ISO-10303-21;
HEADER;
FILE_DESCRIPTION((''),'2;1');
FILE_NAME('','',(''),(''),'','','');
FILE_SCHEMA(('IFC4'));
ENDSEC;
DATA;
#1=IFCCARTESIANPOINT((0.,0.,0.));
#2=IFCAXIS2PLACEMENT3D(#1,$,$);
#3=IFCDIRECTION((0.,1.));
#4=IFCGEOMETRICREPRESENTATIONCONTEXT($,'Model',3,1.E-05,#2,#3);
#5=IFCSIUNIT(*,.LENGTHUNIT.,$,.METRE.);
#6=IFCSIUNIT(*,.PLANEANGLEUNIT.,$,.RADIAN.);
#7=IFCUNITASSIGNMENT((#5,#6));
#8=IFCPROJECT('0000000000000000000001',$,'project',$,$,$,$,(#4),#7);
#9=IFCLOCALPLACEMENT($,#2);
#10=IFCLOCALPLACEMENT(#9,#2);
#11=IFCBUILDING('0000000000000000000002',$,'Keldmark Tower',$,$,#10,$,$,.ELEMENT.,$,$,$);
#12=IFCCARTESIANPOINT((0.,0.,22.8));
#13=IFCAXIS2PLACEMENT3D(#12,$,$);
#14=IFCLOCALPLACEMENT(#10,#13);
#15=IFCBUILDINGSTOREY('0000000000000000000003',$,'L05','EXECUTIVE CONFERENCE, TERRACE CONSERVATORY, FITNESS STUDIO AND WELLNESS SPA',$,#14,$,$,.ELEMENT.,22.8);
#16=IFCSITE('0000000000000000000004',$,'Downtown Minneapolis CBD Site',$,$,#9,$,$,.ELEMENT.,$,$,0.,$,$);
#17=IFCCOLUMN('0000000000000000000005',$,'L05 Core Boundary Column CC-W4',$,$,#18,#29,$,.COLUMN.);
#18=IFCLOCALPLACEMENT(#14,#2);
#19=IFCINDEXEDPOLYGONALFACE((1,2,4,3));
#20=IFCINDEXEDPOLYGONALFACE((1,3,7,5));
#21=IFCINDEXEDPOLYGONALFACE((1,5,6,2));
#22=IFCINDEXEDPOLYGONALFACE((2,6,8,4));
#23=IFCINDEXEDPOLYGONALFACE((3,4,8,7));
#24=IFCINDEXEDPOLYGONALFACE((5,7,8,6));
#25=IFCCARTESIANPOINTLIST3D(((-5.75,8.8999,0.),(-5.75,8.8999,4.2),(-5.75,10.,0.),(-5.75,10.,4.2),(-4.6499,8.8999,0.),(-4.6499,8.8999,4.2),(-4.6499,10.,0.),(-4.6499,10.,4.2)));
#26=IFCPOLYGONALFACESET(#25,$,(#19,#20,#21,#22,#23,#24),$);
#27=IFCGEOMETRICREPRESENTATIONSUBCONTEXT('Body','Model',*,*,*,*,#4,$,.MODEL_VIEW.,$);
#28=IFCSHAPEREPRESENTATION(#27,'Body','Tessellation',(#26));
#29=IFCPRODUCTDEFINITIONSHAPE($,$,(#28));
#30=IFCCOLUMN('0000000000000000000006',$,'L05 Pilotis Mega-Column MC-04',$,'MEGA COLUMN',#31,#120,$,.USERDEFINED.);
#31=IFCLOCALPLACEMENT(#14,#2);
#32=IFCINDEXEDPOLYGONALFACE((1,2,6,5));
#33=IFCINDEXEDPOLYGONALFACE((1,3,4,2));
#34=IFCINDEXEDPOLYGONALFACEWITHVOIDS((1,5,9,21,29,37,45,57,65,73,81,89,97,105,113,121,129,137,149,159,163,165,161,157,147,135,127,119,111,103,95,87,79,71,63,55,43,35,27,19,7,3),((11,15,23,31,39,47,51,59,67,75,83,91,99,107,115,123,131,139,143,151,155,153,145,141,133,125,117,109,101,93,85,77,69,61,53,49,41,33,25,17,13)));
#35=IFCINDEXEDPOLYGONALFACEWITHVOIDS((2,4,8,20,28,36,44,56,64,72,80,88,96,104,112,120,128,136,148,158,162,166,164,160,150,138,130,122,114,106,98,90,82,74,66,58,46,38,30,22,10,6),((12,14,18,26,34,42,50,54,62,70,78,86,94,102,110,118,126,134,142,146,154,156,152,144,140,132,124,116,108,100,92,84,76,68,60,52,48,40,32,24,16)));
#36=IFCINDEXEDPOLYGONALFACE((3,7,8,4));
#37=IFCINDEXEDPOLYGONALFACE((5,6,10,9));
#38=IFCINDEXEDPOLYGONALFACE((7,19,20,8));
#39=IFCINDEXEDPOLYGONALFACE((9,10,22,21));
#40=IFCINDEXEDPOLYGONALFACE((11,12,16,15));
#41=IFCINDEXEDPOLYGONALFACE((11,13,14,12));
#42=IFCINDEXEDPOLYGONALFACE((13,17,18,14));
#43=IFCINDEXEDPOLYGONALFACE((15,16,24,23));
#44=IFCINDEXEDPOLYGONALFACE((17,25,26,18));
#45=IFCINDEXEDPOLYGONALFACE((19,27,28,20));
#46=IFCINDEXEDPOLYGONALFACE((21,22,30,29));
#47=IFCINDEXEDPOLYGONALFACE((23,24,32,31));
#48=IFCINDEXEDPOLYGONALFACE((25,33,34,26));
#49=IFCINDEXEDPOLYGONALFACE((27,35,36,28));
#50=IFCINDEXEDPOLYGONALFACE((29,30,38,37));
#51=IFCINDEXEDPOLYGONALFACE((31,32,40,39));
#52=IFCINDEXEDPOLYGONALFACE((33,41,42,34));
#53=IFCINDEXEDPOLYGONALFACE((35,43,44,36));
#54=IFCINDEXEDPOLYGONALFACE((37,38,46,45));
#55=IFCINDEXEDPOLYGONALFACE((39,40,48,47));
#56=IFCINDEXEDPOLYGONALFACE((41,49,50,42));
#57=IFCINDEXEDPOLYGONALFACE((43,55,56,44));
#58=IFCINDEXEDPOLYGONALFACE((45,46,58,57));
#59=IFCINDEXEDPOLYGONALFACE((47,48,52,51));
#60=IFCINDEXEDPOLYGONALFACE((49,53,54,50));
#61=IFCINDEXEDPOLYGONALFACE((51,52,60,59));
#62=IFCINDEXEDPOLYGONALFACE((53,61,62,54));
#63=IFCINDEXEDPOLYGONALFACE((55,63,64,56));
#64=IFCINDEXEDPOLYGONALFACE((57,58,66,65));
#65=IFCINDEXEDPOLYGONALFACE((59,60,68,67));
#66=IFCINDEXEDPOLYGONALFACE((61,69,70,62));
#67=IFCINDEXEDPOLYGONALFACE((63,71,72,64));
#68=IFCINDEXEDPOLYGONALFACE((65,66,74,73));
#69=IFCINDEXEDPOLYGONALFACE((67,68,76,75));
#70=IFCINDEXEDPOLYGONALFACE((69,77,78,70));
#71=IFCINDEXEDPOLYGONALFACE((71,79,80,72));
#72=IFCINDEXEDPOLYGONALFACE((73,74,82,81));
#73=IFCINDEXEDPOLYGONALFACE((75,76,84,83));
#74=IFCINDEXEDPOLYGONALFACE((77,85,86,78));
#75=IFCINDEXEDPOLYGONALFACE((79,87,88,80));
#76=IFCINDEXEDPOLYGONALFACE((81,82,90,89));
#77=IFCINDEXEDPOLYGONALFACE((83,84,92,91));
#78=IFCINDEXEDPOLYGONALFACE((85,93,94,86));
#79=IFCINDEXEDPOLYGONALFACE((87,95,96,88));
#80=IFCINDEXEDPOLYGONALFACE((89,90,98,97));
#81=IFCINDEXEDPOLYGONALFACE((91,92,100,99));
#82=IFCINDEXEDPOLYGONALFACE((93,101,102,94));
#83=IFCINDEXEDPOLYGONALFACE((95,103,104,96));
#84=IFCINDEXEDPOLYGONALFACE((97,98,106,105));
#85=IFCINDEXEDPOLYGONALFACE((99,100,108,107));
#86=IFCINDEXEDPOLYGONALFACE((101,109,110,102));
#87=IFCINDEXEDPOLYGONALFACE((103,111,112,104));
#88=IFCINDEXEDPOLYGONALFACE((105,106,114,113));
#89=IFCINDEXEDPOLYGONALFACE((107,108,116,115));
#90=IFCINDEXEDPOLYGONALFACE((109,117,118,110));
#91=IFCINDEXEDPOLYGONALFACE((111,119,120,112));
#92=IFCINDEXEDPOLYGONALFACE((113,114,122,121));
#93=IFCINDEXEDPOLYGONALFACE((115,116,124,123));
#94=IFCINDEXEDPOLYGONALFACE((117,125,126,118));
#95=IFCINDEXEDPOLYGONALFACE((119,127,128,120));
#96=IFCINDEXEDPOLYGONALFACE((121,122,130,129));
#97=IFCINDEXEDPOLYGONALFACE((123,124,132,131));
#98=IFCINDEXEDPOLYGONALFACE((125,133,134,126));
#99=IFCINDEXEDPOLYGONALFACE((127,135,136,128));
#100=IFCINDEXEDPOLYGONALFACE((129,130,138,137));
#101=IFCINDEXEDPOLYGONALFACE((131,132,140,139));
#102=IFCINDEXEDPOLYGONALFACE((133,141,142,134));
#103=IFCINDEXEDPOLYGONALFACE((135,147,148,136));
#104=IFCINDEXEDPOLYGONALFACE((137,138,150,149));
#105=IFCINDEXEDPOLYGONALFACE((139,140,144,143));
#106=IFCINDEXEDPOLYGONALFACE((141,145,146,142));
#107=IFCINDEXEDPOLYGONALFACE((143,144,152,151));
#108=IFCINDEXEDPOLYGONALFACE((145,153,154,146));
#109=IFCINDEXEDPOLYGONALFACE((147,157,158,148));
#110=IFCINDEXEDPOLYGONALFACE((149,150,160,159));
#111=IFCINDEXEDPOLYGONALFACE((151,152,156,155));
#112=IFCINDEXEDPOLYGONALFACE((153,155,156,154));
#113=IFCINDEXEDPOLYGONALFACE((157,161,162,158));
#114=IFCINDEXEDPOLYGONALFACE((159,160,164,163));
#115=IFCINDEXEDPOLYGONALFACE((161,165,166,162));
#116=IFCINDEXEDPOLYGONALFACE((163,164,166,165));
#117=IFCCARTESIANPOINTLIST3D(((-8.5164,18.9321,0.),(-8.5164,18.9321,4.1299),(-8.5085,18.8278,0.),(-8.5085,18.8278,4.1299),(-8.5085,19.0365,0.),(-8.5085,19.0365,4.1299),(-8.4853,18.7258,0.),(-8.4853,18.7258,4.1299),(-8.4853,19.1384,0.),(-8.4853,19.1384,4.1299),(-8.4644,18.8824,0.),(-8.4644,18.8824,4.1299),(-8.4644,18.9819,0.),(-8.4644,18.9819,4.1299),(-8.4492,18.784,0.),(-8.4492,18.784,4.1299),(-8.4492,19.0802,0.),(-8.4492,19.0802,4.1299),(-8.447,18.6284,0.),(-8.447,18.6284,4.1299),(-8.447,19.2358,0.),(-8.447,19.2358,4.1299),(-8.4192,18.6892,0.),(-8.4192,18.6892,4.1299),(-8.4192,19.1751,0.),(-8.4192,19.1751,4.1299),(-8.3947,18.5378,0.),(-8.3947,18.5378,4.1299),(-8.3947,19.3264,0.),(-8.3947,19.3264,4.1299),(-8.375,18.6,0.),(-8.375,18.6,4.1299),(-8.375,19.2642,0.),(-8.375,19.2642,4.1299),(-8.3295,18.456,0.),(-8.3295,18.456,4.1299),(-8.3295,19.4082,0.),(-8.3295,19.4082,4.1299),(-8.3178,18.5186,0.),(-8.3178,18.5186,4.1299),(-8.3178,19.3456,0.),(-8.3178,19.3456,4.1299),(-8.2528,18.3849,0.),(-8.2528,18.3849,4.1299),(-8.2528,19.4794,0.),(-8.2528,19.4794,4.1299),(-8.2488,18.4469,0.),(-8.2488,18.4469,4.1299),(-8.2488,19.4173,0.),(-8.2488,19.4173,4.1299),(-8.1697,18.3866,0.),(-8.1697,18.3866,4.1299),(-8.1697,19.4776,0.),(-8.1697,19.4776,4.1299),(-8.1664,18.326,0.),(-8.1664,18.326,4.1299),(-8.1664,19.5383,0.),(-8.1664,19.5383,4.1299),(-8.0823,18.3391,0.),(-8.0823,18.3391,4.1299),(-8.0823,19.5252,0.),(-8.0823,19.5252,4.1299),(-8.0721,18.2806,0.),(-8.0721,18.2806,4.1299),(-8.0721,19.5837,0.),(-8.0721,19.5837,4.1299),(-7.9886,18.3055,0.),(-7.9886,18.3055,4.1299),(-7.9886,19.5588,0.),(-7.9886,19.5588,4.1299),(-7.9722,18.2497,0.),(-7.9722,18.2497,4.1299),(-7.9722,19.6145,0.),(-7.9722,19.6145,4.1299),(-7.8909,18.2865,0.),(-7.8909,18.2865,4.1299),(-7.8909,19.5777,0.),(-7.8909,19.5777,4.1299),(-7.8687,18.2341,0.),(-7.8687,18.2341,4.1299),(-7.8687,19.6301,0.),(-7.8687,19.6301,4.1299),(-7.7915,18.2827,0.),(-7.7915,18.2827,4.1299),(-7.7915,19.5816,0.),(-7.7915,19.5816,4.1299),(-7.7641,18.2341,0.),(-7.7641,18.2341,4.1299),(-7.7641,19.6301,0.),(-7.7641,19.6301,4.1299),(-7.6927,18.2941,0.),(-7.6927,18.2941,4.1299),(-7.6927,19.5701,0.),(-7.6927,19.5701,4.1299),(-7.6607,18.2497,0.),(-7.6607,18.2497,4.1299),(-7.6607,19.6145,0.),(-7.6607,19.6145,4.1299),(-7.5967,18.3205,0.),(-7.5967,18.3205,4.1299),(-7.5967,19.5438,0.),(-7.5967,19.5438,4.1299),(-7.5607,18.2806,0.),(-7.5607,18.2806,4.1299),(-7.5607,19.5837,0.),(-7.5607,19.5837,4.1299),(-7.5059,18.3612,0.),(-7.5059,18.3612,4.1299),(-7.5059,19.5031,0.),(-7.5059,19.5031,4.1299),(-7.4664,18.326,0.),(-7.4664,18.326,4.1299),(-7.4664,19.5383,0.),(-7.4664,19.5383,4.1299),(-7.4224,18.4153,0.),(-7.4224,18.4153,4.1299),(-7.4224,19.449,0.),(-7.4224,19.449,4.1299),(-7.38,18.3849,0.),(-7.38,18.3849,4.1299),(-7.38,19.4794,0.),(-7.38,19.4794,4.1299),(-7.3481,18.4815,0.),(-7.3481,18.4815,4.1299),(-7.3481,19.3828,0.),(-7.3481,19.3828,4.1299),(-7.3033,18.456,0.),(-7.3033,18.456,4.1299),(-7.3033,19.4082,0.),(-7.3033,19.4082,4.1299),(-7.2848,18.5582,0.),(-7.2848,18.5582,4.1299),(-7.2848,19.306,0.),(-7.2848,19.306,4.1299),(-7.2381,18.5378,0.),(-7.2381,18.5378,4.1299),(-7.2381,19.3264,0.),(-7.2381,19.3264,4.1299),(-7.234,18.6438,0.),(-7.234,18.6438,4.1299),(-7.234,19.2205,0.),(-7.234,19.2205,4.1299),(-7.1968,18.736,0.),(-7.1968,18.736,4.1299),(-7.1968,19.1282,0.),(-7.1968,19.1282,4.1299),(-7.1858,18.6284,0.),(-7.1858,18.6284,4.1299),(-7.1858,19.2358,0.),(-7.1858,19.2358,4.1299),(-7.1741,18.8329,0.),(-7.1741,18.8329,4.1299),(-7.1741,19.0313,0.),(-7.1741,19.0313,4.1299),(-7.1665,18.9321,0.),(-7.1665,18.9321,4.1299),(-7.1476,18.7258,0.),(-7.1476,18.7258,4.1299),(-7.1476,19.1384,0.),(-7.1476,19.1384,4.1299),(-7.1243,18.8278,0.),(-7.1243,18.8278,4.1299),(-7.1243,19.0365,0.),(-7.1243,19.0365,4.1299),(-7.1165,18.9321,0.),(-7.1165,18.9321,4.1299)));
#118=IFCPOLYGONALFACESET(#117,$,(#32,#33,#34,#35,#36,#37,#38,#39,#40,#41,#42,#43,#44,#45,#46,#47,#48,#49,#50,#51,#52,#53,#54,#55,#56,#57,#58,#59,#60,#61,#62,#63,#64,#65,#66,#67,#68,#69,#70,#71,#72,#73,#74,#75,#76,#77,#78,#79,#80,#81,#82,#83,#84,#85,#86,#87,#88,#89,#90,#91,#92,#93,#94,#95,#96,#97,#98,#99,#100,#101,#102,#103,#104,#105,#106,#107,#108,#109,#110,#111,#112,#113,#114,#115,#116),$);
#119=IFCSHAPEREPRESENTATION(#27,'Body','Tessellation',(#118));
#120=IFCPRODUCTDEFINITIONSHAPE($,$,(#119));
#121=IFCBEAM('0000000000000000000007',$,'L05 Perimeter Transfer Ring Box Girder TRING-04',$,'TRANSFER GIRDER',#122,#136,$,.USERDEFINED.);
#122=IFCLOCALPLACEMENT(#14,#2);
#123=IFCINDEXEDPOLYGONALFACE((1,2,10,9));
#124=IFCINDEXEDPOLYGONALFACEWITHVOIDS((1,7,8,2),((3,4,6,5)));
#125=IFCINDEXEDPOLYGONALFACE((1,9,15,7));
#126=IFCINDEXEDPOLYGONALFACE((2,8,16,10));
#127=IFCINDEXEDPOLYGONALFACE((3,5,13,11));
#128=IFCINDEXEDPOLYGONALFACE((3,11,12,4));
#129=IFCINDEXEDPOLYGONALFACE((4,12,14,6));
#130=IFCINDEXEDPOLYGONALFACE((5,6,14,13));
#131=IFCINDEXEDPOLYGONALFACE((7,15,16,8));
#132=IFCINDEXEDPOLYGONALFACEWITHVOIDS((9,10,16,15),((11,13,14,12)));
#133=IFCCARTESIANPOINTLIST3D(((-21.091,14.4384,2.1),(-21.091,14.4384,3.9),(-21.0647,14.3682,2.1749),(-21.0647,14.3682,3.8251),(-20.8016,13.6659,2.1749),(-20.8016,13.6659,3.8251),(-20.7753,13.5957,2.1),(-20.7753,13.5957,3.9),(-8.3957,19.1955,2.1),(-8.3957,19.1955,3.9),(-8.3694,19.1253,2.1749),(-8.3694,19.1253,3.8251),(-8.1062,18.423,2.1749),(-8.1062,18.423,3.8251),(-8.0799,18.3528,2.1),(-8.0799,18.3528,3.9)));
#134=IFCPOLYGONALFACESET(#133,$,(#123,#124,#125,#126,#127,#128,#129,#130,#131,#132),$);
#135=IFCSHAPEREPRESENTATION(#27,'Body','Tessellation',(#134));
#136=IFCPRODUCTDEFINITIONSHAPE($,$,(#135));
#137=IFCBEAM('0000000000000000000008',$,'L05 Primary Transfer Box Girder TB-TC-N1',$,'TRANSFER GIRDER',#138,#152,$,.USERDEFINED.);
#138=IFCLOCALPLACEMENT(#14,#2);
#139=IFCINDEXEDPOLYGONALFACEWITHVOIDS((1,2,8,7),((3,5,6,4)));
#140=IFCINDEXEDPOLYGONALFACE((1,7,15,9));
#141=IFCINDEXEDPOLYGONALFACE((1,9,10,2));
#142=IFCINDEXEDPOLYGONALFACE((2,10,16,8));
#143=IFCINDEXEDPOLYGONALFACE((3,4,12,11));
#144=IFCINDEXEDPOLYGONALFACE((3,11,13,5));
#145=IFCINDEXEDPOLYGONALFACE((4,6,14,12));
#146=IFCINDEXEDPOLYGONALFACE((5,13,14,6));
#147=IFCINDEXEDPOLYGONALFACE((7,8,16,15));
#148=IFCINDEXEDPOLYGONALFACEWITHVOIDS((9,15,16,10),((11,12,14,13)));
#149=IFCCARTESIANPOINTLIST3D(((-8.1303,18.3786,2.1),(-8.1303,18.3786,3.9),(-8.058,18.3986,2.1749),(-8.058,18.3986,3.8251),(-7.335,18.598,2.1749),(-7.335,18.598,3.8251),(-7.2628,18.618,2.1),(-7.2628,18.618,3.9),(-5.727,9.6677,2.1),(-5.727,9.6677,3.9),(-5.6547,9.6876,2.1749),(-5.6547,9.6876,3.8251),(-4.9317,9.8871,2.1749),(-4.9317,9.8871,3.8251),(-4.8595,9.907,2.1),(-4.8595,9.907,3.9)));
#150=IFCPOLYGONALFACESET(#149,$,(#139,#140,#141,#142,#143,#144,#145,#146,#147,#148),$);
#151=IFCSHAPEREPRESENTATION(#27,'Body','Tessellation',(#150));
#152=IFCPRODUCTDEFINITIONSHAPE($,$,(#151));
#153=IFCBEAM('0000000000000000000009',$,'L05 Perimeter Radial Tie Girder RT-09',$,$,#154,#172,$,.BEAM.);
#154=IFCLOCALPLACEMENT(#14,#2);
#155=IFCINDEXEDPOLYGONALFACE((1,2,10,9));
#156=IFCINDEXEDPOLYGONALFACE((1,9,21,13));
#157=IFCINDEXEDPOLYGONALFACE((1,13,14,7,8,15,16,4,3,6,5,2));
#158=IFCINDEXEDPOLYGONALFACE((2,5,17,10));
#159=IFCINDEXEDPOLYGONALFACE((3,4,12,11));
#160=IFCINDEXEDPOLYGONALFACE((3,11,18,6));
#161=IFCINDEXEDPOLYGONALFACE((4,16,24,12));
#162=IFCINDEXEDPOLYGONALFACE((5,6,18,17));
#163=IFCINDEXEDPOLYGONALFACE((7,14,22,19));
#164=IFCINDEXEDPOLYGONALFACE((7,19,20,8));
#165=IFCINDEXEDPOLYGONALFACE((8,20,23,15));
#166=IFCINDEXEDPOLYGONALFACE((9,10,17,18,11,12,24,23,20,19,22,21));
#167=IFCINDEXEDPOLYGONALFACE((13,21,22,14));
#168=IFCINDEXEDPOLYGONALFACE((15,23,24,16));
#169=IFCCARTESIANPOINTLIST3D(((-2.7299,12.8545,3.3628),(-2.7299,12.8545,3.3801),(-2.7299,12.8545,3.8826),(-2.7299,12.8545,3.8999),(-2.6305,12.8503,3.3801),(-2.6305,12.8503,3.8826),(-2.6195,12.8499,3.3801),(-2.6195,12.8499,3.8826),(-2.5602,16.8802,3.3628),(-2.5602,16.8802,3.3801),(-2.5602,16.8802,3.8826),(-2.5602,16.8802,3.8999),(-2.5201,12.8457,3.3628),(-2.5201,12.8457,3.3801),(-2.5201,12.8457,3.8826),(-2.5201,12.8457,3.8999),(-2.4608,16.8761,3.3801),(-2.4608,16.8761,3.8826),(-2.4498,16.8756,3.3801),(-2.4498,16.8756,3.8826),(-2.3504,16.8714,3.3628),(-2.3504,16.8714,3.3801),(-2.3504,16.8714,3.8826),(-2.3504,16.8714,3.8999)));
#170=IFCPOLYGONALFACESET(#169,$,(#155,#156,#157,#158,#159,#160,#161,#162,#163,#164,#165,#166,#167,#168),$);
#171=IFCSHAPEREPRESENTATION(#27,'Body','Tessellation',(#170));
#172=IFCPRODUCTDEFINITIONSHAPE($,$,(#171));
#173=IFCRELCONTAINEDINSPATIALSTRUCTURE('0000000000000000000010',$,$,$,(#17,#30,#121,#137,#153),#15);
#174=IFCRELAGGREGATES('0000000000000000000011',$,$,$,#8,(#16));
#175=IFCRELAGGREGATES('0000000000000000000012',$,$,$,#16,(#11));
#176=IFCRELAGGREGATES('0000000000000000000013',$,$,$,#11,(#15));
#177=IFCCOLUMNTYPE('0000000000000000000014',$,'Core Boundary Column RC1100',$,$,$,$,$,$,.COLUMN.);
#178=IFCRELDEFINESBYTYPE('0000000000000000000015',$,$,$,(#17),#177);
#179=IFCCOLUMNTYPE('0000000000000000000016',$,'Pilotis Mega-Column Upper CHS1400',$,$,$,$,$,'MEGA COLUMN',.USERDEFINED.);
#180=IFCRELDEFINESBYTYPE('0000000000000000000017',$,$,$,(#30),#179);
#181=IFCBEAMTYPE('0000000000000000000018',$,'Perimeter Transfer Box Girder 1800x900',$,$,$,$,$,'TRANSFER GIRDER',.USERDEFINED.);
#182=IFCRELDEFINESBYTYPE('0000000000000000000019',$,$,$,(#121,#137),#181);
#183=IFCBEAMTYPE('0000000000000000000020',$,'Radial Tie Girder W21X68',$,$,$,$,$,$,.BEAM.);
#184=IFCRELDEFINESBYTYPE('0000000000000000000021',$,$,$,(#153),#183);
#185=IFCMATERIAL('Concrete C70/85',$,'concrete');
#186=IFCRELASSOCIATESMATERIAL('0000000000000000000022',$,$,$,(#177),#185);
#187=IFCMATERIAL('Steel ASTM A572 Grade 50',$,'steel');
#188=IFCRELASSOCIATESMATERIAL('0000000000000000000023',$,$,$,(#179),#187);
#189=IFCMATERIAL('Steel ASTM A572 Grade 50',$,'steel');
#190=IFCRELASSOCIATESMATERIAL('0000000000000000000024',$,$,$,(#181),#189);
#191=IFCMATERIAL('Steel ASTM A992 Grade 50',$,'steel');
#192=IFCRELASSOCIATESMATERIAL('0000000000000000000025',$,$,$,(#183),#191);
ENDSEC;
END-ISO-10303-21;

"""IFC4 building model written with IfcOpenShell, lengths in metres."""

from ifc_helpers import new_model, si_unit, direction, frame, origin, origin_2d, place, context, subcontext, project, spatial, rectangle, hollow_rectangle, hollow_circle, i_section, extrude, material, material_profile, profile_set, type_object, element, save


model = new_model("IFC4")

# Units and contexts
model_context = context("Model", 3, precision=1e-05, world=origin(), true_north=direction((0.0, 1.0)))
body_context = subcontext(model_context, "Body", "Model", "MODEL_VIEW")
ifc_project = project(units=[si_unit("LENGTHUNIT", "METRE"), si_unit("PLANEANGLEUNIT", "RADIAN")], contexts=[model_context])

# Site, building, storey
site_placement = place(None, origin())
site = spatial("IfcSite", under=ifc_project, at=site_placement, Name="Downtown Minneapolis CBD Site", CompositionType="ELEMENT", RefElevation=0.0)
building_placement = place(site_placement, origin())
building = spatial("IfcBuilding", under=site, at=building_placement, Name="Keldmark Tower", CompositionType="ELEMENT")
storey_placement = place(building_placement, frame((0.0, 0.0, 22.8)))
storey = spatial("IfcBuildingStorey", under=building, at=storey_placement, Name="L05", Description="EXECUTIVE CONFERENCE, TERRACE CONSERVATORY, FITNESS STUDIO AND WELLNESS SPA", CompositionType="ELEMENT", Elevation=22.8)

# Columns
ifc_material_1 = material(Name="Concrete C70/85", Category="concrete")
ifc_material_profile_1 = material_profile(ifc_material_1, rectangle(XDim=1.1001, YDim=1.1001, at=origin_2d()), Name="RC1100X1100")
ifc_profile_set_1 = profile_set([ifc_material_profile_1], Name="Concrete C70/85")
column_type_1 = type_object("IfcColumnType", Name="Core Boundary Column RC1100", PredefinedType="COLUMN", material=ifc_profile_set_1)
column_1_placement = place(storey_placement, frame((-5.2, 9.45, 0.0), z_axis=(0.0, 0.0, 1.0), x_axis=(1.0, 0.0, 0.0)))
element("IfcColumn", 1, at=column_1_placement, inside=storey, type_object=column_type_1, Name="L05 Core Boundary Column CC-W4", PredefinedType="COLUMN", context=body_context, shape_type="SweptSolid", body=[
    extrude(rectangle(XDim=1.1001, YDim=1.1001, at=origin_2d()), origin(), (0.0, 0.0, 1.0), 4.2),
])
ifc_material_2 = material(Name="Steel ASTM A572 Grade 50", Category="steel")
ifc_material_profile_2 = material_profile(ifc_material_2, hollow_circle(Radius=0.7, WallThickness=0.05, at=origin_2d()), Name="CHS1400X50")
ifc_profile_set_2 = profile_set([ifc_material_profile_2], Name="Steel ASTM A572 Grade 50")
column_type_2 = type_object("IfcColumnType", Name="Pilotis Mega-Column Upper CHS1400", ElementType="MEGA COLUMN", PredefinedType="USERDEFINED", material=ifc_profile_set_2)
column_2_placement = place(storey_placement, frame((-7.8164, 18.9321, 0.0), z_axis=(0.0, 0.0, 1.0), x_axis=(1.0, 0.0, 0.0)))
element("IfcColumn", 2, at=column_2_placement, inside=storey, type_object=column_type_2, Name="L05 Pilotis Mega-Column MC-04", ObjectType="MEGA COLUMN", PredefinedType="USERDEFINED", context=body_context, shape_type="SweptSolid", body=[
    extrude(hollow_circle(Radius=0.7, WallThickness=0.05, at=origin_2d()), origin(), (0.0, 0.0, 1.0), 4.1299),
])

# Beams
ifc_material_3 = material(Name="Steel ASTM A572 Grade 50", Category="steel")
ifc_material_profile_3 = material_profile(ifc_material_3, hollow_rectangle(XDim=0.8999, YDim=1.8, WallThickness=0.075, at=origin_2d()), Name="TBOX1800X900X75")
ifc_profile_set_3 = profile_set([ifc_material_profile_3], Name="Steel ASTM A572 Grade 50")
beam_type_1 = type_object("IfcBeamType", Name="Perimeter Transfer Box Girder 1800x900", ElementType="TRANSFER GIRDER", PredefinedType="USERDEFINED", material=ifc_profile_set_3)
beam_1_placement = place(storey_placement, frame((-8.2378, 18.7742, 3.0), z_axis=(-0.936418, -0.350887, 0.0), x_axis=(0.350887, -0.936418, 0.0)))
element("IfcBeam", 3, at=beam_1_placement, inside=storey, type_object=beam_type_1, Name="L05 Perimeter Transfer Ring Box Girder TRING-04", ObjectType="TRANSFER GIRDER", PredefinedType="USERDEFINED", context=body_context, shape_type="SweptSolid", body=[
    extrude(hollow_rectangle(XDim=0.8999, YDim=1.8, WallThickness=0.075, at=origin_2d()), origin(), (0.0, 0.0, 1.0), 13.5574),
])
beam_2_placement = place(storey_placement, frame((-7.6965, 18.4983, 3.0), z_axis=(0.26596, -0.963984, 0.0), x_axis=(0.963984, 0.26596, 0.0)))
element("IfcBeam", 4, at=beam_2_placement, inside=storey, type_object=beam_type_1, Name="L05 Primary Transfer Box Girder TB-TC-N1", ObjectType="TRANSFER GIRDER", PredefinedType="USERDEFINED", context=body_context, shape_type="SweptSolid", body=[
    extrude(hollow_rectangle(XDim=0.8999, YDim=1.8, WallThickness=0.075, at=origin_2d()), origin(), (0.0, 0.0, 1.0), 9.0364),
])
ifc_material_4 = material(Name="Steel ASTM A992 Grade 50", Category="steel")
ifc_material_profile_4 = material_profile(ifc_material_4, i_section(OverallWidth=0.21, OverallDepth=0.5371, WebThickness=0.011, FlangeThickness=0.0173, at=origin_2d()), Name="W21X68")
ifc_profile_set_4 = profile_set([ifc_material_profile_4], Name="Steel ASTM A992 Grade 50")
beam_type_2 = type_object("IfcBeamType", Name="Radial Tie Girder W21X68", PredefinedType="BEAM", material=ifc_profile_set_4)
beam_3_placement = place(storey_placement, frame((-2.625, 12.8501, 3.6313), z_axis=(0.042112, 0.999113, 0.0), x_axis=(-0.999113, 0.042112, 0.0)))
element("IfcBeam", 5, at=beam_3_placement, inside=storey, type_object=beam_type_2, Name="L05 Perimeter Radial Tie Girder RT-09", PredefinedType="BEAM", context=body_context, shape_type="SweptSolid", body=[
    extrude(i_section(OverallWidth=0.21, OverallDepth=0.5371, WebThickness=0.011, FlangeThickness=0.0173, at=origin_2d()), origin(), (0.0, 0.0, 1.0), 4.0293),
])

save(model, "model.ifc")
